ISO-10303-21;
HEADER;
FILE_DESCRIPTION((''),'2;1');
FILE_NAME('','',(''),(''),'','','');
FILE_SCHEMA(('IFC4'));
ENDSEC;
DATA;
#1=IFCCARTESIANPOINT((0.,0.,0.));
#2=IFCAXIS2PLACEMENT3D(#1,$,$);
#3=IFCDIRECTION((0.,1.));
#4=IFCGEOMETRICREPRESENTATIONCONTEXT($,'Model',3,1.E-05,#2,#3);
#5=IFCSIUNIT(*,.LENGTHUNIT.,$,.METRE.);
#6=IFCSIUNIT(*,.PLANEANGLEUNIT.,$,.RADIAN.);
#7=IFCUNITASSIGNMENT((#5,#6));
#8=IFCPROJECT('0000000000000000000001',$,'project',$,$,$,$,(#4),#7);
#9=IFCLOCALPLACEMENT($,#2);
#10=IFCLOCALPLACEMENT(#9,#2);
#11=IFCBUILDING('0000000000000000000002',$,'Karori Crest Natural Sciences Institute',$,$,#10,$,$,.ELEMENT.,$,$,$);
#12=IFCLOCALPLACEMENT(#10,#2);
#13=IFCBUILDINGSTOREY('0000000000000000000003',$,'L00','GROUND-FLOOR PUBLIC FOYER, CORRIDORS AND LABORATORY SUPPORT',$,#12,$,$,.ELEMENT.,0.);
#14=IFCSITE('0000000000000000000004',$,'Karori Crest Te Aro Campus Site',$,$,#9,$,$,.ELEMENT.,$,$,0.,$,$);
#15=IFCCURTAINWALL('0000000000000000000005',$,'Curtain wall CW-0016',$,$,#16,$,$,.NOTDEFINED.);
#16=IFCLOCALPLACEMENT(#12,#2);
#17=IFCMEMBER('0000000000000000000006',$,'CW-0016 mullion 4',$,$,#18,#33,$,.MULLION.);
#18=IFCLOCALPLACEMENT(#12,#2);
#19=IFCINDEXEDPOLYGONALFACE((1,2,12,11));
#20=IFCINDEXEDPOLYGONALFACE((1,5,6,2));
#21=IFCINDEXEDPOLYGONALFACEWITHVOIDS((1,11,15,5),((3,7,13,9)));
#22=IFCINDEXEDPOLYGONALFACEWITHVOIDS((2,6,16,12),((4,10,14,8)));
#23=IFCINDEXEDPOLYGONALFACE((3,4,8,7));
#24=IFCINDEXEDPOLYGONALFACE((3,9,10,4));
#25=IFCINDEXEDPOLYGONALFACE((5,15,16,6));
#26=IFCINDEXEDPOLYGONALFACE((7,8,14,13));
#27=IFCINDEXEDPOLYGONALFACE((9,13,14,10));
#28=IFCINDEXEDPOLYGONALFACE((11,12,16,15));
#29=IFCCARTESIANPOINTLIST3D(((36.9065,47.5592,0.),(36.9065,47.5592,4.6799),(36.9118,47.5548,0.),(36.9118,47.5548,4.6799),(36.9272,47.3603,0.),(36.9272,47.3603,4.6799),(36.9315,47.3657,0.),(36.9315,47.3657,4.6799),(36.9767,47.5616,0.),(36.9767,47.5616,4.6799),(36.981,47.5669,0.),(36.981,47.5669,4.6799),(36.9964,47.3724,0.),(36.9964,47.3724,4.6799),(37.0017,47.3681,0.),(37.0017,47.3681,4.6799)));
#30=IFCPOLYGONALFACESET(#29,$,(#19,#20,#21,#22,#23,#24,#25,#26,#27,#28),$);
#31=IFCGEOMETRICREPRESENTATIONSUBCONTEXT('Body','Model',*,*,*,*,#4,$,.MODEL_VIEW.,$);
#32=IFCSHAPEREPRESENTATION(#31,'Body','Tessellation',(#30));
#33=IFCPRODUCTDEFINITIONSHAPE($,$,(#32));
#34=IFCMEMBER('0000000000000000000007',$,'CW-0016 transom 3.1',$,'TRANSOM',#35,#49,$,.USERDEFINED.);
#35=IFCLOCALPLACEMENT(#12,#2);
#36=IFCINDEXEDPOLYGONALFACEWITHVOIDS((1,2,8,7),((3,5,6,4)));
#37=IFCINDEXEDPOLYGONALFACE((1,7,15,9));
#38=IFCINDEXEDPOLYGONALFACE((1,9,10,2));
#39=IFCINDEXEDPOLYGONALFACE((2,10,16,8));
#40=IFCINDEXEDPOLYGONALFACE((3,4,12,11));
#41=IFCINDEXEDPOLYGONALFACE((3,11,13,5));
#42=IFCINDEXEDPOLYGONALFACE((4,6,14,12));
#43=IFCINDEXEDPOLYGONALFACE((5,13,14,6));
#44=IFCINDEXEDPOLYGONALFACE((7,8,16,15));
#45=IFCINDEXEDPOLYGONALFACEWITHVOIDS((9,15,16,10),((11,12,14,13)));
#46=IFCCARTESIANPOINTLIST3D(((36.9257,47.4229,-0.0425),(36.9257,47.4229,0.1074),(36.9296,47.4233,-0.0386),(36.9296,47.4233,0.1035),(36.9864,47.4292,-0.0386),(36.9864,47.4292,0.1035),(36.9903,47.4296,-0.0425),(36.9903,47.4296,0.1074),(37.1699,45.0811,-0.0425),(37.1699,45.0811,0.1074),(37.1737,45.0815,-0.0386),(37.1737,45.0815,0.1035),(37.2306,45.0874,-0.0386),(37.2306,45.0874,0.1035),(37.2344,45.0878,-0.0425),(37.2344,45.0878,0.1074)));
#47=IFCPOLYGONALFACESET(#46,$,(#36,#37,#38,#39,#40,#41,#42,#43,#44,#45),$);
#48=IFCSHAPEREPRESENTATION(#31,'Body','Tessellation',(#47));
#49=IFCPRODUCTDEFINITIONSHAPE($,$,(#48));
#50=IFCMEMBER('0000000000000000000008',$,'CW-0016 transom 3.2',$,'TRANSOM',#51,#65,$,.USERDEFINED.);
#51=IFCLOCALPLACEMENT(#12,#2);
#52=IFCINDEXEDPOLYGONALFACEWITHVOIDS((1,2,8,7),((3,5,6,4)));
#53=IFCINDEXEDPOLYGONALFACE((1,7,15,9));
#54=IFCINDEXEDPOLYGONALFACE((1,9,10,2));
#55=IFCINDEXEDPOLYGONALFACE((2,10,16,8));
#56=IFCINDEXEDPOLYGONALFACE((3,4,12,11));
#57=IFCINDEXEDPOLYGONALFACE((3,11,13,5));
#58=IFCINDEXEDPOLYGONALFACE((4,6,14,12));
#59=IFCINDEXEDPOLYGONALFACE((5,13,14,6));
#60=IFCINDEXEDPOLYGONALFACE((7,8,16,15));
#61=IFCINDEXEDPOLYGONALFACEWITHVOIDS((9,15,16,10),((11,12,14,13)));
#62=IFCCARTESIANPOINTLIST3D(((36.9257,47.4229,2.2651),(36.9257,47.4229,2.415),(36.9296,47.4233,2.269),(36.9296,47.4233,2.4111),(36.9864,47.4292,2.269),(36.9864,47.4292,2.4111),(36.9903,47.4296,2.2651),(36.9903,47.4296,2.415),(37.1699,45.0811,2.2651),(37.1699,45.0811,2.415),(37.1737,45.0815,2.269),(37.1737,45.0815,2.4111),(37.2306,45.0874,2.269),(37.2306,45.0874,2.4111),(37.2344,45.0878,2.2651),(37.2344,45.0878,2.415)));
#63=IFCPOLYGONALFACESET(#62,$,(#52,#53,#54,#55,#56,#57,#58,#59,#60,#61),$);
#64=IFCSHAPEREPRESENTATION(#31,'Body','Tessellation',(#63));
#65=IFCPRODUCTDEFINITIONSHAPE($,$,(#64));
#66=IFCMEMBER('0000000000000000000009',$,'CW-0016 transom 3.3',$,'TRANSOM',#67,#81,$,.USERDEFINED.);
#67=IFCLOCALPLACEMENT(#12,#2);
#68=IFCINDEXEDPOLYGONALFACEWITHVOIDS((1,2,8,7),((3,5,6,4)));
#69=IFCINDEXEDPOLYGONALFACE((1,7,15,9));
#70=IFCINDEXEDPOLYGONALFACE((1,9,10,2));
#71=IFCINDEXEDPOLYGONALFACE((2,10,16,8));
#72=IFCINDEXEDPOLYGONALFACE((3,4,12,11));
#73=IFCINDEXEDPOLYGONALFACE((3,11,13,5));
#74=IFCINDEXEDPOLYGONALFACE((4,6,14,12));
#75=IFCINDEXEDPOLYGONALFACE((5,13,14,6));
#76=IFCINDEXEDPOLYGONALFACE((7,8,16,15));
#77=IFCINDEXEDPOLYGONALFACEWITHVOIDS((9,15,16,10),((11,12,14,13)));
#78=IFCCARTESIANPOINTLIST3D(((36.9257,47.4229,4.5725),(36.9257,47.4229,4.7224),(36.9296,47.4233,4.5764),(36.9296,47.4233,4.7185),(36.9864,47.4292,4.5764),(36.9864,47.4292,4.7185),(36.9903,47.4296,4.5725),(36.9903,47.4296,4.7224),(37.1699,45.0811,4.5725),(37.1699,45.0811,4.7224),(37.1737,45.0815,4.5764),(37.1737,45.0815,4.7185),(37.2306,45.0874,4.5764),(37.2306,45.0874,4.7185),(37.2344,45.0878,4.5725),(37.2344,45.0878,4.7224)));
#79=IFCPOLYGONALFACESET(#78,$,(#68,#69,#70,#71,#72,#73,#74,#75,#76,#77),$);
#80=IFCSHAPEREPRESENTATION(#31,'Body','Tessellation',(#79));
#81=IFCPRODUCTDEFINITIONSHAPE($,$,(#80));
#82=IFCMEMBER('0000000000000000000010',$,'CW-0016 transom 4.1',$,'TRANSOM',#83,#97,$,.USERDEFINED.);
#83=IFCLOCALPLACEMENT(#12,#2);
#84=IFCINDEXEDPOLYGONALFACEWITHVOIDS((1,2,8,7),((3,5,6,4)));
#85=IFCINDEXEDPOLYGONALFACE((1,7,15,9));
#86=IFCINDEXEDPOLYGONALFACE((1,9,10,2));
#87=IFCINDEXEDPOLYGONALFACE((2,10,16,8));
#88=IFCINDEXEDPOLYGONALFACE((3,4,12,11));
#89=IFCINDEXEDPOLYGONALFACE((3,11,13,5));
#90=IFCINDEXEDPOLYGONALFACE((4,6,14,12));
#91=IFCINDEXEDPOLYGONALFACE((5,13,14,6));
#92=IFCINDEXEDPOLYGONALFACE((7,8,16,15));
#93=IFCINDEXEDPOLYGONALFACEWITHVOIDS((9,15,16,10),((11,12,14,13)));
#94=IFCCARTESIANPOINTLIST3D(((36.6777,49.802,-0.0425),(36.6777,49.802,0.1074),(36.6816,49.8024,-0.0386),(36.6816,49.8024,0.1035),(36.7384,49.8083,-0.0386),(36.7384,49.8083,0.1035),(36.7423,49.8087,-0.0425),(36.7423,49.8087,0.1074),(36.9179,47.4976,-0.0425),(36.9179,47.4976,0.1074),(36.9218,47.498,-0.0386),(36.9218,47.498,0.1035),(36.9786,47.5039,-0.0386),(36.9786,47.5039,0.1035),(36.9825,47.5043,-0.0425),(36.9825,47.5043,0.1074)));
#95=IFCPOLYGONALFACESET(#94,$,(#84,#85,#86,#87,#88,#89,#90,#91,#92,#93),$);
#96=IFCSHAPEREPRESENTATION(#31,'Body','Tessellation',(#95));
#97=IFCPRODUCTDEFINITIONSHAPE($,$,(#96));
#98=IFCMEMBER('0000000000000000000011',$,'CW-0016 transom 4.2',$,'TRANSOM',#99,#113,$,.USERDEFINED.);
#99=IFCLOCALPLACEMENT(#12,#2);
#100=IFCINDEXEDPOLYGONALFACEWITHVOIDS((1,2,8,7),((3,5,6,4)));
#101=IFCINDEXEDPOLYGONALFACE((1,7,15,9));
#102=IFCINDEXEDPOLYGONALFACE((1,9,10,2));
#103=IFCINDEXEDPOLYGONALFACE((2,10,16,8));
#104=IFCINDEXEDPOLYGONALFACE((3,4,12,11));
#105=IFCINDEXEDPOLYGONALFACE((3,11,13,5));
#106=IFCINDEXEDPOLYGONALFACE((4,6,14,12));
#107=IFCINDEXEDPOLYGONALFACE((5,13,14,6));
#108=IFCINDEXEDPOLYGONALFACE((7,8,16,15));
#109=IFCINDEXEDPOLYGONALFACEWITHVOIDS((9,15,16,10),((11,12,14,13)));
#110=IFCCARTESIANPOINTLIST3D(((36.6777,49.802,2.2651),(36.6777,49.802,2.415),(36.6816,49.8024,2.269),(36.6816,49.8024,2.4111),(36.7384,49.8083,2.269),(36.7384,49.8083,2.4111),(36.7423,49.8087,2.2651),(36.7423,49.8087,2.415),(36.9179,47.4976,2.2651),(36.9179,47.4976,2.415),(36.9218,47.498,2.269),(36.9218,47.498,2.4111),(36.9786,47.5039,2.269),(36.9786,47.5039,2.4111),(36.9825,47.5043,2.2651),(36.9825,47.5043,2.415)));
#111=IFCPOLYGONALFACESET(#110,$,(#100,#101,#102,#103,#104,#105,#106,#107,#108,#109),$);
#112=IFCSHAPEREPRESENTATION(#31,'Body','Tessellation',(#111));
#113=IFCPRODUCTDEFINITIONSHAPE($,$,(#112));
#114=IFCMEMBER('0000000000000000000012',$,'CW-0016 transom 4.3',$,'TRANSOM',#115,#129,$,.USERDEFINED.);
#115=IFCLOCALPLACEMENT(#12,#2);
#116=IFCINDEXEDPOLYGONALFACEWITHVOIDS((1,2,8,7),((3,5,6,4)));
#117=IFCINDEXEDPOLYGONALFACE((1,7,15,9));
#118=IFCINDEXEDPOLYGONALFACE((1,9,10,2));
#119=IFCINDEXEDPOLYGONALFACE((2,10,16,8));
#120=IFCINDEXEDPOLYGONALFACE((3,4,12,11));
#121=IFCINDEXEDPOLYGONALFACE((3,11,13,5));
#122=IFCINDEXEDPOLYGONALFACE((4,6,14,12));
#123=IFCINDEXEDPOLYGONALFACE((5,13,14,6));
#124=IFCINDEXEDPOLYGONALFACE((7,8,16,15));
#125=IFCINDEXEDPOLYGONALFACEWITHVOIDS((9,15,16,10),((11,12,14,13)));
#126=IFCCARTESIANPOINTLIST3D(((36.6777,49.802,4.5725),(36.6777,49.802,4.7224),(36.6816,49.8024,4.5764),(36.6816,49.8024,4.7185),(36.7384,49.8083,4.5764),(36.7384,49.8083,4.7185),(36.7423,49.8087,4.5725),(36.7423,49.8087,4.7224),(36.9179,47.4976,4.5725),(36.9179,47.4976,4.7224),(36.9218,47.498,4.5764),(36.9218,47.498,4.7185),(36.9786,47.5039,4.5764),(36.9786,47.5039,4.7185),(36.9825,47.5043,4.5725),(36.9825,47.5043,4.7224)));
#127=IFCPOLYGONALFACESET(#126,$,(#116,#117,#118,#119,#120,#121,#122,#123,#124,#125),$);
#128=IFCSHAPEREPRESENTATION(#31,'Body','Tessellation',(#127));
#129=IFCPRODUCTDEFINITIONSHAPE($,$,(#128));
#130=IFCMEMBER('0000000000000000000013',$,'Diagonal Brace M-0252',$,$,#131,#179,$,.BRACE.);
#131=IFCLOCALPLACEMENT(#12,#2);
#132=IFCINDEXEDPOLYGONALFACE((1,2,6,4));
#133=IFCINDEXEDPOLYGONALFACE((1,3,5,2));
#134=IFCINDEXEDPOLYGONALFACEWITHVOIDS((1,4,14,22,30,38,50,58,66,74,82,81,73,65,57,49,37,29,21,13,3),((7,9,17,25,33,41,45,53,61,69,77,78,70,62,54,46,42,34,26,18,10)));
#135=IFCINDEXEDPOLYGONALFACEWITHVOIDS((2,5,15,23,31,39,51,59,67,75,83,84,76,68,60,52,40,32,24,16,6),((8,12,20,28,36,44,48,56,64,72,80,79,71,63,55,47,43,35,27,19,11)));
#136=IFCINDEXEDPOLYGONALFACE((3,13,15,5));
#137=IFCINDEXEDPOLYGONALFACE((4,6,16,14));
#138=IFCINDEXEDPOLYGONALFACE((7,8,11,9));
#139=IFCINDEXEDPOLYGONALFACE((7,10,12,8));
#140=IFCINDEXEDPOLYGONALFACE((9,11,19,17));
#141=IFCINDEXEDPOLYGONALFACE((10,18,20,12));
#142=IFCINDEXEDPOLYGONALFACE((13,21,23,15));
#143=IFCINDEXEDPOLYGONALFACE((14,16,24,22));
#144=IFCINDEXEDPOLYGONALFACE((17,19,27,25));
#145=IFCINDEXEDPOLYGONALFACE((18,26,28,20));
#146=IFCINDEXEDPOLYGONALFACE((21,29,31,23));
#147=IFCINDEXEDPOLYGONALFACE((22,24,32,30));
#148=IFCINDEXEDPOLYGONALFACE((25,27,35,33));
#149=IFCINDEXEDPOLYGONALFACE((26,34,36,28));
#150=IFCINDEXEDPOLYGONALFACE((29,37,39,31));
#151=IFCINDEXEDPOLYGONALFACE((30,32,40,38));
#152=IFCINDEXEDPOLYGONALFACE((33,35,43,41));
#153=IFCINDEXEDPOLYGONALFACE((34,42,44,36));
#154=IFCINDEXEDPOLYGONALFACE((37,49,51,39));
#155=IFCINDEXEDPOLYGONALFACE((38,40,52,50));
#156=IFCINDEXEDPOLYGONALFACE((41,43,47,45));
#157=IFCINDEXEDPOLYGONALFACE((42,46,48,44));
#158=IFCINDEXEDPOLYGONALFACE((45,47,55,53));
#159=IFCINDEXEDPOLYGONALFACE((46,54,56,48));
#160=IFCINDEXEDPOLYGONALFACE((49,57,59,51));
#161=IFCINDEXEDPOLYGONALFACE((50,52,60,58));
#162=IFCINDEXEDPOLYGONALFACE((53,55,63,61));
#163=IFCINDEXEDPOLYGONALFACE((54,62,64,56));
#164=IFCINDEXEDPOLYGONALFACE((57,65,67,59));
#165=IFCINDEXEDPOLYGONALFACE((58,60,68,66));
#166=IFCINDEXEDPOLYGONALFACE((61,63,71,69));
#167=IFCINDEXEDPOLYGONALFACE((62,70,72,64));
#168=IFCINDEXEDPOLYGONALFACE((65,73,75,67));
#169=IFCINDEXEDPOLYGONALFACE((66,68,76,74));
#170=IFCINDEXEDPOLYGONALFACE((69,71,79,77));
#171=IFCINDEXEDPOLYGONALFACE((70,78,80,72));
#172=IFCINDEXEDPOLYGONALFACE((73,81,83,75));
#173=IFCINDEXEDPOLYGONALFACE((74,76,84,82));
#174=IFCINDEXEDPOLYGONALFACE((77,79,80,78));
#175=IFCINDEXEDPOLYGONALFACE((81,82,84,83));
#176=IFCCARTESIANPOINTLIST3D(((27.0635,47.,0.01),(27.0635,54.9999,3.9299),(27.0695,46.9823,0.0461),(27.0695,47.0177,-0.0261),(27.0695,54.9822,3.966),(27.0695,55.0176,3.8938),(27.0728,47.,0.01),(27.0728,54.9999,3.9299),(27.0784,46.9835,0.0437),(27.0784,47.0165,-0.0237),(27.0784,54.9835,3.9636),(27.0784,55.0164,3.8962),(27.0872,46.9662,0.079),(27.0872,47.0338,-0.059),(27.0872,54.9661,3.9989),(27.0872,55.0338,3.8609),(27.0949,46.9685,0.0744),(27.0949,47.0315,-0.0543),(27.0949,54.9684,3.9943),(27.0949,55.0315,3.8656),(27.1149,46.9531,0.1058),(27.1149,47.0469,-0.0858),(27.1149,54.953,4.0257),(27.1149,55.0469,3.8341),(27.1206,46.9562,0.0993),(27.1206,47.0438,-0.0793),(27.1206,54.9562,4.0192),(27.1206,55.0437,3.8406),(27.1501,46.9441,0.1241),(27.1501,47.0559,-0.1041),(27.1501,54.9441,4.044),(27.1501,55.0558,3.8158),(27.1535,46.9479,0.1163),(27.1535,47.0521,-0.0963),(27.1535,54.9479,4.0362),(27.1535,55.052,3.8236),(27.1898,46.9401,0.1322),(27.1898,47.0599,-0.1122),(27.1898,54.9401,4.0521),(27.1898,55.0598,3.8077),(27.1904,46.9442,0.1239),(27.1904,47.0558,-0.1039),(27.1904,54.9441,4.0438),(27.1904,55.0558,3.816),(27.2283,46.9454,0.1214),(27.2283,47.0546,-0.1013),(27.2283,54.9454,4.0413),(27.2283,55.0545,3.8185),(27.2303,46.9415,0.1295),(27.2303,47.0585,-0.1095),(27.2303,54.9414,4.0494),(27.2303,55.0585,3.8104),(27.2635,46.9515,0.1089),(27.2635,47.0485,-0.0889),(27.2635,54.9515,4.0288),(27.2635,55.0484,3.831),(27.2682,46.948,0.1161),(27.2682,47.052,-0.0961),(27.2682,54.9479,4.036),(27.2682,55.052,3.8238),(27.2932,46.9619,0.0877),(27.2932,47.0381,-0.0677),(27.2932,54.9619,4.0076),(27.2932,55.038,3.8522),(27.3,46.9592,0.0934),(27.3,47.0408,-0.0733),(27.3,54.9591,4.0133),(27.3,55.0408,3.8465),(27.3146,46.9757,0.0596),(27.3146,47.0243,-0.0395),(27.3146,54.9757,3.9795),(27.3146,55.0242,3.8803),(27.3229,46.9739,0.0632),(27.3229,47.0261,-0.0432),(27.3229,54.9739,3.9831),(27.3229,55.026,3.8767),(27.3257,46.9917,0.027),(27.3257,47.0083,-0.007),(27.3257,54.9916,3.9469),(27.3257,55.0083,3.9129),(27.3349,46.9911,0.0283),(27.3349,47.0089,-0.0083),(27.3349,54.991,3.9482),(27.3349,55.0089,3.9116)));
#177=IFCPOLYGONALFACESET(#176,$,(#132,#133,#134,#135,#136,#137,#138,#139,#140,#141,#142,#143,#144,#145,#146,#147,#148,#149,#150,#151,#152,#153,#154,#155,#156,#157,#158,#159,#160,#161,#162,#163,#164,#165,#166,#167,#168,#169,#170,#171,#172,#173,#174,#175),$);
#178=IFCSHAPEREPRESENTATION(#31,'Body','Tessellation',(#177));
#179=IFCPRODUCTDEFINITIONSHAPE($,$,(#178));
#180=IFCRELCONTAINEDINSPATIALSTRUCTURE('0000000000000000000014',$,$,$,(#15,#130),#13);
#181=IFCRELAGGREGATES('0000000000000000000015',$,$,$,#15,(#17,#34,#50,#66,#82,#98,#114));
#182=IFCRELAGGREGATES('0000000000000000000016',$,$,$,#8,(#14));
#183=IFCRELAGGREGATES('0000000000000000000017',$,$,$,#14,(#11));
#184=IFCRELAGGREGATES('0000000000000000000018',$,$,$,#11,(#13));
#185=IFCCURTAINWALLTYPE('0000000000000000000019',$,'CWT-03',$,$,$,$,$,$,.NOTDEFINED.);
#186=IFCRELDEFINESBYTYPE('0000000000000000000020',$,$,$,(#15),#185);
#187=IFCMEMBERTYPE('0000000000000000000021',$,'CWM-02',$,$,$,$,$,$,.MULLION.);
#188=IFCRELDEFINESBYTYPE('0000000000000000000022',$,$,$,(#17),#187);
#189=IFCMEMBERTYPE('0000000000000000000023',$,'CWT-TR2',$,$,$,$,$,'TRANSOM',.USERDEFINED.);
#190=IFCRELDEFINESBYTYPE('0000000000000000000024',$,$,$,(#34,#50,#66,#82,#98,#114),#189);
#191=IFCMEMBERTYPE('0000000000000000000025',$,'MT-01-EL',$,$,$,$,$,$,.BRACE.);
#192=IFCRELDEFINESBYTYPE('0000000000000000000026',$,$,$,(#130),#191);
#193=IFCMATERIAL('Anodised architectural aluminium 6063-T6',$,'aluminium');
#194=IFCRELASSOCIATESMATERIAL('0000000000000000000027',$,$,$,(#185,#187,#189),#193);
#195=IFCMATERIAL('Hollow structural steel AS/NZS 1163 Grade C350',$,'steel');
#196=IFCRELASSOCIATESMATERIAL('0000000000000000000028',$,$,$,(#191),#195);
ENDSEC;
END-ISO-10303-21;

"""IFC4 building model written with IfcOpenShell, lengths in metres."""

from ifc_helpers import new_model, si_unit, direction, frame, origin, origin_2d, place, context, subcontext, project, spatial, hollow_rectangle, hollow_circle, extrude, material, material_profile, profile_set, type_object, element, aggregate, save


model = new_model("IFC4")

# Units and contexts
model_context = context("Model", 3, precision=1e-05, world=origin(), true_north=direction((0.0, 1.0)))
body_context = subcontext(model_context, "Body", "Model", "MODEL_VIEW")
ifc_project = project(units=[si_unit("LENGTHUNIT", "METRE"), si_unit("PLANEANGLEUNIT", "RADIAN")], contexts=[model_context])

# Site, building, storey
site_placement = place(None, origin())
site = spatial("IfcSite", under=ifc_project, at=site_placement, Name="Karori Crest Te Aro Campus Site", CompositionType="ELEMENT", RefElevation=0.0)
building_placement = place(site_placement, origin())
building = spatial("IfcBuilding", under=site, at=building_placement, Name="Karori Crest Natural Sciences Institute", CompositionType="ELEMENT")
storey_placement = place(building_placement, origin())
storey = spatial("IfcBuildingStorey", under=building, at=storey_placement, Name="L00", Description="GROUND-FLOOR PUBLIC FOYER, CORRIDORS AND LABORATORY SUPPORT", CompositionType="ELEMENT", Elevation=0.0)

# Shared definitions
ifc_material_1 = material(Name="Hollow structural steel AS/NZS 1163 Grade C350", Category="steel")

# Curtain wall, members
ifc_material_2 = material(Name="Anodised architectural aluminium 6063-T6", Category="aluminium")
curtain_wall_type = type_object("IfcCurtainWallType", Name="CWT-03", PredefinedType="NOTDEFINED", material=ifc_material_2)
curtain_wall_placement = place(storey_placement, origin())
curtain_wall = element("IfcCurtainWall", 1, at=curtain_wall_placement, inside=storey, type_object=curtain_wall_type, Name="Curtain wall CW-0016", PredefinedType="NOTDEFINED")
ifc_material_profile_1 = material_profile(ifc_material_2, hollow_rectangle(XDim=0.075, YDim=0.2, WallThickness=0.0049, at=origin_2d()), Name="CWM200x75x5")
ifc_profile_set_1 = profile_set([ifc_material_profile_1], Name="Anodised architectural aluminium 6063-T6")
member_type_1 = type_object("IfcMemberType", Name="CWM-02", PredefinedType="MULLION", material=ifc_profile_set_1)
member_1_placement = place(storey_placement, frame((36.9541, 47.4636, 0.0), z_axis=(0.0, 0.0, 1.0), x_axis=(-0.994608, -0.103701, 0.0)))
member_1 = element("IfcMember", 2, at=member_1_placement, type_object=member_type_1, Name="CW-0016 mullion 4", PredefinedType="MULLION", context=body_context, shape_type="SweptSolid", body=[
    extrude(hollow_rectangle(XDim=0.075, YDim=0.2, WallThickness=0.0049, at=origin_2d()), origin(), (0.0, 0.0, 1.0), 4.6799),
])
ifc_material_profile_2 = material_profile(ifc_material_2, hollow_rectangle(XDim=0.0649, YDim=0.1499, WallThickness=0.0039, at=origin_2d()), Name="CWT150x65x4")
ifc_profile_set_2 = profile_set([ifc_material_profile_2], Name="Anodised architectural aluminium 6063-T6")
member_type_2 = type_object("IfcMemberType", Name="CWT-TR2", ElementType="TRANSOM", PredefinedType="USERDEFINED", material=ifc_profile_set_2)
member_2_placement = place(storey_placement, frame((37.2021, 45.0845, 0.0325), z_axis=(-0.103692, 0.99461, 0.0), x_axis=(-0.99461, -0.103692, 0.0)))
member_2 = element("IfcMember", 3, at=member_2_placement, type_object=member_type_2, Name="CW-0016 transom 3.1", ObjectType="TRANSOM", PredefinedType="USERDEFINED", context=body_context, shape_type="SweptSolid", body=[
    extrude(hollow_rectangle(XDim=0.0649, YDim=0.1499, WallThickness=0.0039, at=origin_2d()), origin(), (0.0, 0.0, 1.0), 2.3545),
])
member_3_placement = place(storey_placement, frame((37.2021, 45.0845, 2.3401), z_axis=(-0.103692, 0.99461, 0.0), x_axis=(-0.99461, -0.103692, 0.0)))
member_3 = element("IfcMember", 4, at=member_3_placement, type_object=member_type_2, Name="CW-0016 transom 3.2", ObjectType="TRANSOM", PredefinedType="USERDEFINED", context=body_context, shape_type="SweptSolid", body=[
    extrude(hollow_rectangle(XDim=0.0649, YDim=0.1499, WallThickness=0.0039, at=origin_2d()), origin(), (0.0, 0.0, 1.0), 2.3545),
])
member_4_placement = place(storey_placement, frame((37.2021, 45.0845, 4.6475), z_axis=(-0.103692, 0.99461, 0.0), x_axis=(-0.99461, -0.103692, 0.0)))
member_4 = element("IfcMember", 5, at=member_4_placement, type_object=member_type_2, Name="CW-0016 transom 3.3", ObjectType="TRANSOM", PredefinedType="USERDEFINED", context=body_context, shape_type="SweptSolid", body=[
    extrude(hollow_rectangle(XDim=0.0649, YDim=0.1499, WallThickness=0.0039, at=origin_2d()), origin(), (0.0, 0.0, 1.0), 2.3545),
])
member_5_placement = place(storey_placement, frame((36.9502, 47.501, 0.0325), z_axis=(-0.103686, 0.99461, 0.0), x_axis=(-0.99461, -0.103686, 0.0)))
member_5 = element("IfcMember", 6, at=member_5_placement, type_object=member_type_2, Name="CW-0016 transom 4.1", ObjectType="TRANSOM", PredefinedType="USERDEFINED", context=body_context, shape_type="SweptSolid", body=[
    extrude(hollow_rectangle(XDim=0.0649, YDim=0.1499, WallThickness=0.0039, at=origin_2d()), origin(), (0.0, 0.0, 1.0), 2.3169),
])
member_6_placement = place(storey_placement, frame((36.9502, 47.501, 2.3401), z_axis=(-0.103686, 0.99461, 0.0), x_axis=(-0.99461, -0.103686, 0.0)))
member_6 = element("IfcMember", 7, at=member_6_placement, type_object=member_type_2, Name="CW-0016 transom 4.2", ObjectType="TRANSOM", PredefinedType="USERDEFINED", context=body_context, shape_type="SweptSolid", body=[
    extrude(hollow_rectangle(XDim=0.0649, YDim=0.1499, WallThickness=0.0039, at=origin_2d()), origin(), (0.0, 0.0, 1.0), 2.3169),
])
member_7_placement = place(storey_placement, frame((36.9502, 47.501, 4.6475), z_axis=(-0.103686, 0.99461, 0.0), x_axis=(-0.99461, -0.103686, 0.0)))
member_7 = element("IfcMember", 8, at=member_7_placement, type_object=member_type_2, Name="CW-0016 transom 4.3", ObjectType="TRANSOM", PredefinedType="USERDEFINED", context=body_context, shape_type="SweptSolid", body=[
    extrude(hollow_rectangle(XDim=0.0649, YDim=0.1499, WallThickness=0.0039, at=origin_2d()), origin(), (0.0, 0.0, 1.0), 2.3169),
])

# Member
ifc_material_profile_3 = material_profile(ifc_material_1, hollow_circle(Radius=0.1365, WallThickness=0.0093, at=origin_2d()), Name="CHS273.0x9.3")
ifc_profile_set_3 = profile_set([ifc_material_profile_3], Name="Hollow structural steel AS/NZS 1163 Grade C350")
member_type_3 = type_object("IfcMemberType", Name="MT-01-EL", PredefinedType="BRACE", material=ifc_profile_set_3)
member_8_placement = place(storey_placement, frame((27.2, 47.0, 0.01), z_axis=(0.0, 0.897994, 0.440008), x_axis=(-1.0, 0.0, 0.0)))
element("IfcMember", 9, at=member_8_placement, inside=storey, type_object=member_type_3, Name="Diagonal Brace M-0252", PredefinedType="BRACE", context=body_context, shape_type="SweptSolid", body=[
    extrude(hollow_circle(Radius=0.1365, WallThickness=0.0093, at=origin_2d()), origin(), (0.0, 0.0, 1.0), 8.9087),
])

aggregate(curtain_wall, [member_1, member_2, member_3, member_4, member_5, member_6, member_7])

save(model, "model.ifc")
